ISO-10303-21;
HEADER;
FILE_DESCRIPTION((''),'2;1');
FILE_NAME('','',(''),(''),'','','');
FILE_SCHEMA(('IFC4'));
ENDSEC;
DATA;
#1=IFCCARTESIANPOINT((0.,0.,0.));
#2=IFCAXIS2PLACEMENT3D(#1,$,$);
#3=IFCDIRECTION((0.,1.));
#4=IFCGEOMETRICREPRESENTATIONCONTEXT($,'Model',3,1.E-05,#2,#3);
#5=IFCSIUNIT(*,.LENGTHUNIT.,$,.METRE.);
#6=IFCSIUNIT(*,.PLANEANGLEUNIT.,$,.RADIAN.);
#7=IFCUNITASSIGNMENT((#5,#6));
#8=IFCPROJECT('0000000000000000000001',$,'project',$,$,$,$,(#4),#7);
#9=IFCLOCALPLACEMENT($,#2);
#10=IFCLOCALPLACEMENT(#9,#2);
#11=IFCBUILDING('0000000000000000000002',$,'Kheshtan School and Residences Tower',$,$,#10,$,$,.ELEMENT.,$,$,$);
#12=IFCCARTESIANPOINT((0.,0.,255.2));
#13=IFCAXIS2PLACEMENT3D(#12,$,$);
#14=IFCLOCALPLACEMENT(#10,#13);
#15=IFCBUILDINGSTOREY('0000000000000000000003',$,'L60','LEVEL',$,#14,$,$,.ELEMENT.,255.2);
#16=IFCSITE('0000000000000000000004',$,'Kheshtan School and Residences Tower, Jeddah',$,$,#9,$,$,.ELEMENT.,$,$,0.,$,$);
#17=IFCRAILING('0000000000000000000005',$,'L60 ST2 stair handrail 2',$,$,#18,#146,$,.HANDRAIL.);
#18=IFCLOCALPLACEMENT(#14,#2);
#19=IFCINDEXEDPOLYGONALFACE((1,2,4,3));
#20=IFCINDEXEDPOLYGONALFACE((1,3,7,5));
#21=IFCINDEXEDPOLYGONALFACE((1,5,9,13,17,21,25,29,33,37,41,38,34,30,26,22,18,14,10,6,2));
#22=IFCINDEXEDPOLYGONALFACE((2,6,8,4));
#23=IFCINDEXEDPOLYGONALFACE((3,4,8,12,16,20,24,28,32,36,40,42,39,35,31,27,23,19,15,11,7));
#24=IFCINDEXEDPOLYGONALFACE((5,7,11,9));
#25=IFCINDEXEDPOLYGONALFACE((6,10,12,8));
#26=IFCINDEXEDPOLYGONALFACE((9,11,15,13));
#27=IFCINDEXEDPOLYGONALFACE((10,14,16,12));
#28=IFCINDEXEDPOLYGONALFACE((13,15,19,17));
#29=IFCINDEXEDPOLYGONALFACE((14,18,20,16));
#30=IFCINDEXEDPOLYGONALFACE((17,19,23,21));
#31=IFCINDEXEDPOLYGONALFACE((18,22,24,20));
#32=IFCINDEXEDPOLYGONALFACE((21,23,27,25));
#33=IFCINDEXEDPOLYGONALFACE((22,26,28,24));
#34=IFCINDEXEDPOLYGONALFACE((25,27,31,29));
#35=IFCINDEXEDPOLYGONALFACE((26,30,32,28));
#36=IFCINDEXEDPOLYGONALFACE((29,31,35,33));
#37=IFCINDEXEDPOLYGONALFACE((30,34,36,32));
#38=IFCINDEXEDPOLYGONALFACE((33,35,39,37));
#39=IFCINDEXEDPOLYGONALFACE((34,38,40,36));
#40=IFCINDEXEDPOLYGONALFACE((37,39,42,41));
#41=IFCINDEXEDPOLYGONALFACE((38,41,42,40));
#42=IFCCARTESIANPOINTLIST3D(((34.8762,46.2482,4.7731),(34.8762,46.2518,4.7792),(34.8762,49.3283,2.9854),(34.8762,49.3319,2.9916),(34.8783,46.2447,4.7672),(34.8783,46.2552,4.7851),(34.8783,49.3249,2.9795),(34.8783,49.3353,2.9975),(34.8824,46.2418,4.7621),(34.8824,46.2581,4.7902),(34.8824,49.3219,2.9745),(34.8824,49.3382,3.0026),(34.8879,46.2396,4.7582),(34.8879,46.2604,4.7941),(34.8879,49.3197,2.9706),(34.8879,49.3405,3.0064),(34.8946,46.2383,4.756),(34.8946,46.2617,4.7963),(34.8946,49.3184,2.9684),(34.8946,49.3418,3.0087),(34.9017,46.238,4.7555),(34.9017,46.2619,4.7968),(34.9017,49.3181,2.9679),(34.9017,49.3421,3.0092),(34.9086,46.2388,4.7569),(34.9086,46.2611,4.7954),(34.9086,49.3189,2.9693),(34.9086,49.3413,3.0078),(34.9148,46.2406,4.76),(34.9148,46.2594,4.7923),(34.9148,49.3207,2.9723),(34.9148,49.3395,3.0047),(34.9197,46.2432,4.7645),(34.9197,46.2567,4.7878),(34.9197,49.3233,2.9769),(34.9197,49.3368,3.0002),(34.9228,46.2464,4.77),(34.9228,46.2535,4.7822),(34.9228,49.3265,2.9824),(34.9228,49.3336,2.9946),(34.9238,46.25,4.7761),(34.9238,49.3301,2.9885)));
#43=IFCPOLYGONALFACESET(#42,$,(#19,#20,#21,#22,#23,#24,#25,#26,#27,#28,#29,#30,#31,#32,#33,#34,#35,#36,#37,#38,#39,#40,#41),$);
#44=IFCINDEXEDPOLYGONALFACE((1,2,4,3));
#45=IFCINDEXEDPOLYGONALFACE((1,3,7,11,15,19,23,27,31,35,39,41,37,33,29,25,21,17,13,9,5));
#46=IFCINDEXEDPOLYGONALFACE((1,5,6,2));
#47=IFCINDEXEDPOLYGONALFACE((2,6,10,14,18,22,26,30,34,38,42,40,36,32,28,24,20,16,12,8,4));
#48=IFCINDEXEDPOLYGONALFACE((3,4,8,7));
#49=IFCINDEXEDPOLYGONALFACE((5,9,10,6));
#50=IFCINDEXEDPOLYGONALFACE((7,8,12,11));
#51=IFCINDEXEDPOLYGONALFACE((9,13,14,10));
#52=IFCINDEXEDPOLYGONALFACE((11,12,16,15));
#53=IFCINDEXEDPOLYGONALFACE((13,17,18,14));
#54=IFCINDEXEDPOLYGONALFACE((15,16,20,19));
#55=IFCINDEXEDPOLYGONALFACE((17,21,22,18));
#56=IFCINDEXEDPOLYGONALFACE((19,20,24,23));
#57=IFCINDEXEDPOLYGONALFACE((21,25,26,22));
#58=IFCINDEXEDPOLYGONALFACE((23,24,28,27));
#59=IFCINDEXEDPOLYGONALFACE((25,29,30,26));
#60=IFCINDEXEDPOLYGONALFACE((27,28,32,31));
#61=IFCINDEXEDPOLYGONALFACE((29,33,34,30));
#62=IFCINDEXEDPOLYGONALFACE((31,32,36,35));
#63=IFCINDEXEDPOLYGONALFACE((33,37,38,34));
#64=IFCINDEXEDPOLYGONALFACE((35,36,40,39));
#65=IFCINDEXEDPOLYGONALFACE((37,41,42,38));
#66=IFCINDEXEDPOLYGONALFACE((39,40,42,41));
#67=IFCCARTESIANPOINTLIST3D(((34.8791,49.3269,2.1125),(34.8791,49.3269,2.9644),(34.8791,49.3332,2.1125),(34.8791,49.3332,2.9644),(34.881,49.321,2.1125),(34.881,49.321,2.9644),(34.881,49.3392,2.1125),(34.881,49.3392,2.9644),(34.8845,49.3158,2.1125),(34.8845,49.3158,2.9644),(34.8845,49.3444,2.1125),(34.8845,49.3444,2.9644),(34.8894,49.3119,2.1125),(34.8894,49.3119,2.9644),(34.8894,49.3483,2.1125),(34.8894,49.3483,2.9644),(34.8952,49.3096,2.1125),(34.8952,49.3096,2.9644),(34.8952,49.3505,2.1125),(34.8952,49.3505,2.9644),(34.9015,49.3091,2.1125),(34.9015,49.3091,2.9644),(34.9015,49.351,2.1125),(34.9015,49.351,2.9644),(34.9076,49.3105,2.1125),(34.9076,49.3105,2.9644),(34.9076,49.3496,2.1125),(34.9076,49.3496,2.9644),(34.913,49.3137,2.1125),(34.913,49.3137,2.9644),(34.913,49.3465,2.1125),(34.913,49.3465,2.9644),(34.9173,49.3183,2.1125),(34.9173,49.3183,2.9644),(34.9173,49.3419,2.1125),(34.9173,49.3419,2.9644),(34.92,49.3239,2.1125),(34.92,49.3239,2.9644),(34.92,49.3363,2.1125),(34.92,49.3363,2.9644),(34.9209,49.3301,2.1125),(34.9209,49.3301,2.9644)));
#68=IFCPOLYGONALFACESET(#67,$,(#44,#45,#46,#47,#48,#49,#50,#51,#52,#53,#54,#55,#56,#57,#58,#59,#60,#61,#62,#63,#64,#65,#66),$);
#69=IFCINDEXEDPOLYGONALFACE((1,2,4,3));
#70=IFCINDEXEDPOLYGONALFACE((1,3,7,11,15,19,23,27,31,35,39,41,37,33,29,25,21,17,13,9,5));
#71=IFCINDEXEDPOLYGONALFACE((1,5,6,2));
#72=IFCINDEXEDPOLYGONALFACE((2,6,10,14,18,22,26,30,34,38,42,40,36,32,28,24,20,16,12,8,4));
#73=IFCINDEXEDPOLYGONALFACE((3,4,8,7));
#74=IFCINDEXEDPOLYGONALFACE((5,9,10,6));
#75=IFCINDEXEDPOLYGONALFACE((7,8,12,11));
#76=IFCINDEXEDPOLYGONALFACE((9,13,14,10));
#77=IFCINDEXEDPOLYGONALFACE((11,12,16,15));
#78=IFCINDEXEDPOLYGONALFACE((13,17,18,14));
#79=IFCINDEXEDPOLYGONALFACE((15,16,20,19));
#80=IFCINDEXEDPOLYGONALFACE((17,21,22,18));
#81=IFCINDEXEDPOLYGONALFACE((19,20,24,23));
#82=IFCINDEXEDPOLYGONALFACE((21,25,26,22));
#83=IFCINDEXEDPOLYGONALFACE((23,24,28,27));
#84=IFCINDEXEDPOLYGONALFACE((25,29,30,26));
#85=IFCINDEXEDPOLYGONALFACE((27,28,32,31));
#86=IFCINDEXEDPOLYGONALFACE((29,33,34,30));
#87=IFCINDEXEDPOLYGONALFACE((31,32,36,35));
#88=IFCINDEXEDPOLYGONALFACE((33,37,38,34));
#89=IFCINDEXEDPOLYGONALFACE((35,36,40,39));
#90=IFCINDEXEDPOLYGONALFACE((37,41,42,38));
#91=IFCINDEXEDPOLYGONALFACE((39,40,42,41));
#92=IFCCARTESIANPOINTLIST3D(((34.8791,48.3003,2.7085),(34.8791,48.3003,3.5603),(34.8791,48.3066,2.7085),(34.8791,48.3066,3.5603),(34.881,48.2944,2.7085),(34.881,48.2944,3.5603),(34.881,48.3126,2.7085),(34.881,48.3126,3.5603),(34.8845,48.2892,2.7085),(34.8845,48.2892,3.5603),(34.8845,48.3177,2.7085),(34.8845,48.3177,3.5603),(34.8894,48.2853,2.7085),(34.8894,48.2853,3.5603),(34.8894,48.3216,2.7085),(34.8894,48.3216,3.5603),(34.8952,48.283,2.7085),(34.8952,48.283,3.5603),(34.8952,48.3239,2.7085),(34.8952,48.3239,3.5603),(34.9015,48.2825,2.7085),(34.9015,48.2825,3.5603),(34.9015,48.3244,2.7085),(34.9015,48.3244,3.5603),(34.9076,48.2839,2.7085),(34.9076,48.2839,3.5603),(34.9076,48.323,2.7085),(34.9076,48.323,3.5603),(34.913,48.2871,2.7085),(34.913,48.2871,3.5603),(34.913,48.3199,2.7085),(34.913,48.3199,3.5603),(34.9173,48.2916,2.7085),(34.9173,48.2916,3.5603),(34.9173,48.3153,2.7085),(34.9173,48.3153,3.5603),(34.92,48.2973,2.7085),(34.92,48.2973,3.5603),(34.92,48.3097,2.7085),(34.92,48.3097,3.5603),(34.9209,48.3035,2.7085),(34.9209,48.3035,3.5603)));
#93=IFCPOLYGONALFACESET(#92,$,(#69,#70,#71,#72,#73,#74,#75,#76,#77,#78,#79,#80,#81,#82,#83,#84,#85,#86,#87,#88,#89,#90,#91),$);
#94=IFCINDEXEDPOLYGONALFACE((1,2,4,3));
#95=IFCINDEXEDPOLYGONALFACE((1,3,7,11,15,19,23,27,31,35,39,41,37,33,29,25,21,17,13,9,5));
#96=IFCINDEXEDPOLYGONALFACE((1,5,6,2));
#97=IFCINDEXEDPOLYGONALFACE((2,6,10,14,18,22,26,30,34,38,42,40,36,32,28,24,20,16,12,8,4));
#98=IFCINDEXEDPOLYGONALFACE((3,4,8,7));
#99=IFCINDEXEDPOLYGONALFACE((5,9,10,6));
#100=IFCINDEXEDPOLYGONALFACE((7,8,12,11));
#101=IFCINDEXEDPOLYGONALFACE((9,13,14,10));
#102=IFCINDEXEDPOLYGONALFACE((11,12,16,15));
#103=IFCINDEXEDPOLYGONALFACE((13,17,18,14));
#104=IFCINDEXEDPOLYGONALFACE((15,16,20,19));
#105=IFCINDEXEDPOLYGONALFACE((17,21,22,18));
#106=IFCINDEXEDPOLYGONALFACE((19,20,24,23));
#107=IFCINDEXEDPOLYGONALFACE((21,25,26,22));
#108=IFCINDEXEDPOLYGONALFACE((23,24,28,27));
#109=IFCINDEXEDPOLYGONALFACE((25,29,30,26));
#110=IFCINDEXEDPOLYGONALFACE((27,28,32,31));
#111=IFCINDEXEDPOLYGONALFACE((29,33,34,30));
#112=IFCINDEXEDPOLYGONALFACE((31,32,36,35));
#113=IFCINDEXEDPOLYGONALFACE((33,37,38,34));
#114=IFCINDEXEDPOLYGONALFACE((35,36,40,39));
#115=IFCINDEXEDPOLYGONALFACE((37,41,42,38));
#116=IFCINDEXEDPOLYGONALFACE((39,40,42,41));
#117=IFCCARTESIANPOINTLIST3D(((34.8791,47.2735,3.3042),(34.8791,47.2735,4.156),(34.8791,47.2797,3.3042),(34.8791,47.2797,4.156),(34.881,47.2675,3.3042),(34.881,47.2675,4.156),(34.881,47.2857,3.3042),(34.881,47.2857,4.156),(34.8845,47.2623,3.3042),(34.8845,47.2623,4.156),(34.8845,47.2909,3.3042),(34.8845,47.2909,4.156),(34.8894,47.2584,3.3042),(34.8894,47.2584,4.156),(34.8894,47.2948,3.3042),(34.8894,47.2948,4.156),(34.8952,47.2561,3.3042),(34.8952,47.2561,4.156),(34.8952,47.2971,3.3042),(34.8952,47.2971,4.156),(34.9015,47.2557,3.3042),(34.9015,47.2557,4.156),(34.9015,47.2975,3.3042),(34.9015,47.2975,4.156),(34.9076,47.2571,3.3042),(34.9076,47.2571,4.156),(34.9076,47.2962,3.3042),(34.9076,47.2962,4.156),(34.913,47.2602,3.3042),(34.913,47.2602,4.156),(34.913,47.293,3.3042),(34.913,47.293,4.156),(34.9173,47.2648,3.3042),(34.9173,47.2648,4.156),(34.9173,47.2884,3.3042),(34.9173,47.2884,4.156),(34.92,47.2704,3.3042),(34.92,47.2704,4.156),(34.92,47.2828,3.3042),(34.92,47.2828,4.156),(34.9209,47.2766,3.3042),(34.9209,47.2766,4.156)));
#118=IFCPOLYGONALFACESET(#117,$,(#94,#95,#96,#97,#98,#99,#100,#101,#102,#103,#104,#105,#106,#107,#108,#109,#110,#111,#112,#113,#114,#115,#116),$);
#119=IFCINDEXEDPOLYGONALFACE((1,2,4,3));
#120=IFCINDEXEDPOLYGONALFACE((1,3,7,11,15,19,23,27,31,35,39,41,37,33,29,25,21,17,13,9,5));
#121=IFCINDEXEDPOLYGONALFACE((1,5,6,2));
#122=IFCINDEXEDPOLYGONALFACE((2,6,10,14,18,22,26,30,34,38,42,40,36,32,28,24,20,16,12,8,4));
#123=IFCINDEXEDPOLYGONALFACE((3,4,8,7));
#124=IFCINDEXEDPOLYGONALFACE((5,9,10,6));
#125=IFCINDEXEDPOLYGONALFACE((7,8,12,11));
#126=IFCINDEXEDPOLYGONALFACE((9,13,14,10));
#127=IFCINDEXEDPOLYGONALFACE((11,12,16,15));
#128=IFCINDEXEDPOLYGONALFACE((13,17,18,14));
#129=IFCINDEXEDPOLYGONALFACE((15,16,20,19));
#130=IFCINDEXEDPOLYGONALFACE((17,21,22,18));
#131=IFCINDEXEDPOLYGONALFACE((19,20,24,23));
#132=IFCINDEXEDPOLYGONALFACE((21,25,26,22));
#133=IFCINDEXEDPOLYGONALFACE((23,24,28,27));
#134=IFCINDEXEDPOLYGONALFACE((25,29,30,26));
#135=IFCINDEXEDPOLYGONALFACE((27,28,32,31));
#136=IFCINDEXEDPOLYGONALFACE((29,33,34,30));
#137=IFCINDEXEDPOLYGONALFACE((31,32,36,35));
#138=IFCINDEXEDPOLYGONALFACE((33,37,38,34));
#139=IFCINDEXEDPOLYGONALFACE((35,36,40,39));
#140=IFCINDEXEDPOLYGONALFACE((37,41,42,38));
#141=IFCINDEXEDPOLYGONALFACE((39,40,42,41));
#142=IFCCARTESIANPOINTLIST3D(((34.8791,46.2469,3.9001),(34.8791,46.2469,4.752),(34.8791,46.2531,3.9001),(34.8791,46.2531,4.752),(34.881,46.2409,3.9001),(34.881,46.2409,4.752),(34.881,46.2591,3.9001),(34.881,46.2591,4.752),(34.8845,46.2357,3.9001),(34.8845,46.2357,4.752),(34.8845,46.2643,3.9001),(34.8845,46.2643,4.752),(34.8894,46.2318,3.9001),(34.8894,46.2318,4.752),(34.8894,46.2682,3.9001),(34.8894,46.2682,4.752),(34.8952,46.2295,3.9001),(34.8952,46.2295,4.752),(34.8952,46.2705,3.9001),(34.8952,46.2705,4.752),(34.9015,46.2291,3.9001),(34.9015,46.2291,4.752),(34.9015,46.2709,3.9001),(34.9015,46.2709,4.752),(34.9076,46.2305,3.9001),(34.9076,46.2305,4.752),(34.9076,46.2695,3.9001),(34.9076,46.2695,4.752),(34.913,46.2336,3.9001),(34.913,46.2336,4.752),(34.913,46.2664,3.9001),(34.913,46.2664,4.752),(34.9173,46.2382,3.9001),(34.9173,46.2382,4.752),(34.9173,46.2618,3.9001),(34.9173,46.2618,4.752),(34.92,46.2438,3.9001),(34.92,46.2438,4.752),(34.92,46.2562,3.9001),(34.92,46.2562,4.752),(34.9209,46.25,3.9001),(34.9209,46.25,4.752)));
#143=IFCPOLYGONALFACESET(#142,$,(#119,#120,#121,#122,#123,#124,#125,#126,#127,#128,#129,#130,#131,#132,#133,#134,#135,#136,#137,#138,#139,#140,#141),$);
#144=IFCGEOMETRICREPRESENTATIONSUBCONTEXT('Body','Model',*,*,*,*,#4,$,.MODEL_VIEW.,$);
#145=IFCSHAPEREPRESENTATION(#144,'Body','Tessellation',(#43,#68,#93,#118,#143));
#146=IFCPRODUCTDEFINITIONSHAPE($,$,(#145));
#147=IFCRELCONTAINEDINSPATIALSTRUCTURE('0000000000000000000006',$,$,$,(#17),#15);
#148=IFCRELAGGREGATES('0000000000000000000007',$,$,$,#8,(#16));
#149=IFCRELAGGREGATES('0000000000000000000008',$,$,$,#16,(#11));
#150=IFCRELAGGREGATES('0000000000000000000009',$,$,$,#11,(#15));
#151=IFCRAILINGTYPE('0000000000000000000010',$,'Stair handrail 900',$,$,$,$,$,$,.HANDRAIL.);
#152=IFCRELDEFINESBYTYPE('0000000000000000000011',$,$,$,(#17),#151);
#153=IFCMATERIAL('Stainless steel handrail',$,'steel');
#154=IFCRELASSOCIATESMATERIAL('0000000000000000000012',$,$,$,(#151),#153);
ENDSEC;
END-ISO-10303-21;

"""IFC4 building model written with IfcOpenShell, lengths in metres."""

from ifc_helpers import new_model, si_unit, direction, frame, origin, origin_2d, place, context, subcontext, project, spatial, circle, extrude, material, type_object, element, save


model = new_model("IFC4")

# Units and contexts
model_context = context("Model", 3, precision=1e-05, world=origin(), true_north=direction((0.0, 1.0)))
body_context = subcontext(model_context, "Body", "Model", "MODEL_VIEW")
ifc_project = project(units=[si_unit("LENGTHUNIT", "METRE"), si_unit("PLANEANGLEUNIT", "RADIAN")], contexts=[model_context])

# Site, building, storey
site_placement = place(None, origin())
site = spatial("IfcSite", under=ifc_project, at=site_placement, Name="Kheshtan School and Residences Tower, Jeddah", CompositionType="ELEMENT", RefElevation=0.0)
building_placement = place(site_placement, origin())
building = spatial("IfcBuilding", under=site, at=building_placement, Name="Kheshtan School and Residences Tower", CompositionType="ELEMENT")
storey_placement = place(building_placement, frame((0.0, 0.0, 255.2)))
storey = spatial("IfcBuildingStorey", under=building, at=storey_placement, Name="L60", Description="LEVEL", CompositionType="ELEMENT", Elevation=255.2)

# Railing
ifc_material_1 = material(Name="Stainless steel handrail", Category="steel")
railing_type_1 = type_object("IfcRailingType", Name="Stair handrail 900", PredefinedType="HANDRAIL", material=ifc_material_1)
railing_1_placement = place(storey_placement, frame((34.8999, 49.3301, 2.1125)))
element("IfcRailing", 1, at=railing_1_placement, inside=storey, type_object=railing_type_1, Name="L60 ST2 stair handrail 2", PredefinedType="HANDRAIL", context=body_context, shape_type="SweptSolid", body=[
    extrude(circle(Radius=0.0239, at=origin_2d()), frame((0.0, 0.0, 0.876), z_axis=(0.0, -0.864891, 0.50196), x_axis=(1.0, 0.0, 0.0)), (0.0, 0.0, 1.0), 3.5613),
    extrude(circle(Radius=0.021, at=origin_2d()), origin(), (0.0, 0.0, 1.0), 0.8518),
    extrude(circle(Radius=0.021, at=origin_2d()), frame((0.0, -1.0266, 0.5959)), (0.0, 0.0, 1.0), 0.8518),
    extrude(circle(Radius=0.021, at=origin_2d()), frame((0.0, -2.0535, 1.1917)), (0.0, 0.0, 1.0), 0.8518),
    extrude(circle(Radius=0.021, at=origin_2d()), frame((0.0, -3.0801, 1.7876)), (0.0, 0.0, 1.0), 0.8518),
])

save(model, "model.ifc")
